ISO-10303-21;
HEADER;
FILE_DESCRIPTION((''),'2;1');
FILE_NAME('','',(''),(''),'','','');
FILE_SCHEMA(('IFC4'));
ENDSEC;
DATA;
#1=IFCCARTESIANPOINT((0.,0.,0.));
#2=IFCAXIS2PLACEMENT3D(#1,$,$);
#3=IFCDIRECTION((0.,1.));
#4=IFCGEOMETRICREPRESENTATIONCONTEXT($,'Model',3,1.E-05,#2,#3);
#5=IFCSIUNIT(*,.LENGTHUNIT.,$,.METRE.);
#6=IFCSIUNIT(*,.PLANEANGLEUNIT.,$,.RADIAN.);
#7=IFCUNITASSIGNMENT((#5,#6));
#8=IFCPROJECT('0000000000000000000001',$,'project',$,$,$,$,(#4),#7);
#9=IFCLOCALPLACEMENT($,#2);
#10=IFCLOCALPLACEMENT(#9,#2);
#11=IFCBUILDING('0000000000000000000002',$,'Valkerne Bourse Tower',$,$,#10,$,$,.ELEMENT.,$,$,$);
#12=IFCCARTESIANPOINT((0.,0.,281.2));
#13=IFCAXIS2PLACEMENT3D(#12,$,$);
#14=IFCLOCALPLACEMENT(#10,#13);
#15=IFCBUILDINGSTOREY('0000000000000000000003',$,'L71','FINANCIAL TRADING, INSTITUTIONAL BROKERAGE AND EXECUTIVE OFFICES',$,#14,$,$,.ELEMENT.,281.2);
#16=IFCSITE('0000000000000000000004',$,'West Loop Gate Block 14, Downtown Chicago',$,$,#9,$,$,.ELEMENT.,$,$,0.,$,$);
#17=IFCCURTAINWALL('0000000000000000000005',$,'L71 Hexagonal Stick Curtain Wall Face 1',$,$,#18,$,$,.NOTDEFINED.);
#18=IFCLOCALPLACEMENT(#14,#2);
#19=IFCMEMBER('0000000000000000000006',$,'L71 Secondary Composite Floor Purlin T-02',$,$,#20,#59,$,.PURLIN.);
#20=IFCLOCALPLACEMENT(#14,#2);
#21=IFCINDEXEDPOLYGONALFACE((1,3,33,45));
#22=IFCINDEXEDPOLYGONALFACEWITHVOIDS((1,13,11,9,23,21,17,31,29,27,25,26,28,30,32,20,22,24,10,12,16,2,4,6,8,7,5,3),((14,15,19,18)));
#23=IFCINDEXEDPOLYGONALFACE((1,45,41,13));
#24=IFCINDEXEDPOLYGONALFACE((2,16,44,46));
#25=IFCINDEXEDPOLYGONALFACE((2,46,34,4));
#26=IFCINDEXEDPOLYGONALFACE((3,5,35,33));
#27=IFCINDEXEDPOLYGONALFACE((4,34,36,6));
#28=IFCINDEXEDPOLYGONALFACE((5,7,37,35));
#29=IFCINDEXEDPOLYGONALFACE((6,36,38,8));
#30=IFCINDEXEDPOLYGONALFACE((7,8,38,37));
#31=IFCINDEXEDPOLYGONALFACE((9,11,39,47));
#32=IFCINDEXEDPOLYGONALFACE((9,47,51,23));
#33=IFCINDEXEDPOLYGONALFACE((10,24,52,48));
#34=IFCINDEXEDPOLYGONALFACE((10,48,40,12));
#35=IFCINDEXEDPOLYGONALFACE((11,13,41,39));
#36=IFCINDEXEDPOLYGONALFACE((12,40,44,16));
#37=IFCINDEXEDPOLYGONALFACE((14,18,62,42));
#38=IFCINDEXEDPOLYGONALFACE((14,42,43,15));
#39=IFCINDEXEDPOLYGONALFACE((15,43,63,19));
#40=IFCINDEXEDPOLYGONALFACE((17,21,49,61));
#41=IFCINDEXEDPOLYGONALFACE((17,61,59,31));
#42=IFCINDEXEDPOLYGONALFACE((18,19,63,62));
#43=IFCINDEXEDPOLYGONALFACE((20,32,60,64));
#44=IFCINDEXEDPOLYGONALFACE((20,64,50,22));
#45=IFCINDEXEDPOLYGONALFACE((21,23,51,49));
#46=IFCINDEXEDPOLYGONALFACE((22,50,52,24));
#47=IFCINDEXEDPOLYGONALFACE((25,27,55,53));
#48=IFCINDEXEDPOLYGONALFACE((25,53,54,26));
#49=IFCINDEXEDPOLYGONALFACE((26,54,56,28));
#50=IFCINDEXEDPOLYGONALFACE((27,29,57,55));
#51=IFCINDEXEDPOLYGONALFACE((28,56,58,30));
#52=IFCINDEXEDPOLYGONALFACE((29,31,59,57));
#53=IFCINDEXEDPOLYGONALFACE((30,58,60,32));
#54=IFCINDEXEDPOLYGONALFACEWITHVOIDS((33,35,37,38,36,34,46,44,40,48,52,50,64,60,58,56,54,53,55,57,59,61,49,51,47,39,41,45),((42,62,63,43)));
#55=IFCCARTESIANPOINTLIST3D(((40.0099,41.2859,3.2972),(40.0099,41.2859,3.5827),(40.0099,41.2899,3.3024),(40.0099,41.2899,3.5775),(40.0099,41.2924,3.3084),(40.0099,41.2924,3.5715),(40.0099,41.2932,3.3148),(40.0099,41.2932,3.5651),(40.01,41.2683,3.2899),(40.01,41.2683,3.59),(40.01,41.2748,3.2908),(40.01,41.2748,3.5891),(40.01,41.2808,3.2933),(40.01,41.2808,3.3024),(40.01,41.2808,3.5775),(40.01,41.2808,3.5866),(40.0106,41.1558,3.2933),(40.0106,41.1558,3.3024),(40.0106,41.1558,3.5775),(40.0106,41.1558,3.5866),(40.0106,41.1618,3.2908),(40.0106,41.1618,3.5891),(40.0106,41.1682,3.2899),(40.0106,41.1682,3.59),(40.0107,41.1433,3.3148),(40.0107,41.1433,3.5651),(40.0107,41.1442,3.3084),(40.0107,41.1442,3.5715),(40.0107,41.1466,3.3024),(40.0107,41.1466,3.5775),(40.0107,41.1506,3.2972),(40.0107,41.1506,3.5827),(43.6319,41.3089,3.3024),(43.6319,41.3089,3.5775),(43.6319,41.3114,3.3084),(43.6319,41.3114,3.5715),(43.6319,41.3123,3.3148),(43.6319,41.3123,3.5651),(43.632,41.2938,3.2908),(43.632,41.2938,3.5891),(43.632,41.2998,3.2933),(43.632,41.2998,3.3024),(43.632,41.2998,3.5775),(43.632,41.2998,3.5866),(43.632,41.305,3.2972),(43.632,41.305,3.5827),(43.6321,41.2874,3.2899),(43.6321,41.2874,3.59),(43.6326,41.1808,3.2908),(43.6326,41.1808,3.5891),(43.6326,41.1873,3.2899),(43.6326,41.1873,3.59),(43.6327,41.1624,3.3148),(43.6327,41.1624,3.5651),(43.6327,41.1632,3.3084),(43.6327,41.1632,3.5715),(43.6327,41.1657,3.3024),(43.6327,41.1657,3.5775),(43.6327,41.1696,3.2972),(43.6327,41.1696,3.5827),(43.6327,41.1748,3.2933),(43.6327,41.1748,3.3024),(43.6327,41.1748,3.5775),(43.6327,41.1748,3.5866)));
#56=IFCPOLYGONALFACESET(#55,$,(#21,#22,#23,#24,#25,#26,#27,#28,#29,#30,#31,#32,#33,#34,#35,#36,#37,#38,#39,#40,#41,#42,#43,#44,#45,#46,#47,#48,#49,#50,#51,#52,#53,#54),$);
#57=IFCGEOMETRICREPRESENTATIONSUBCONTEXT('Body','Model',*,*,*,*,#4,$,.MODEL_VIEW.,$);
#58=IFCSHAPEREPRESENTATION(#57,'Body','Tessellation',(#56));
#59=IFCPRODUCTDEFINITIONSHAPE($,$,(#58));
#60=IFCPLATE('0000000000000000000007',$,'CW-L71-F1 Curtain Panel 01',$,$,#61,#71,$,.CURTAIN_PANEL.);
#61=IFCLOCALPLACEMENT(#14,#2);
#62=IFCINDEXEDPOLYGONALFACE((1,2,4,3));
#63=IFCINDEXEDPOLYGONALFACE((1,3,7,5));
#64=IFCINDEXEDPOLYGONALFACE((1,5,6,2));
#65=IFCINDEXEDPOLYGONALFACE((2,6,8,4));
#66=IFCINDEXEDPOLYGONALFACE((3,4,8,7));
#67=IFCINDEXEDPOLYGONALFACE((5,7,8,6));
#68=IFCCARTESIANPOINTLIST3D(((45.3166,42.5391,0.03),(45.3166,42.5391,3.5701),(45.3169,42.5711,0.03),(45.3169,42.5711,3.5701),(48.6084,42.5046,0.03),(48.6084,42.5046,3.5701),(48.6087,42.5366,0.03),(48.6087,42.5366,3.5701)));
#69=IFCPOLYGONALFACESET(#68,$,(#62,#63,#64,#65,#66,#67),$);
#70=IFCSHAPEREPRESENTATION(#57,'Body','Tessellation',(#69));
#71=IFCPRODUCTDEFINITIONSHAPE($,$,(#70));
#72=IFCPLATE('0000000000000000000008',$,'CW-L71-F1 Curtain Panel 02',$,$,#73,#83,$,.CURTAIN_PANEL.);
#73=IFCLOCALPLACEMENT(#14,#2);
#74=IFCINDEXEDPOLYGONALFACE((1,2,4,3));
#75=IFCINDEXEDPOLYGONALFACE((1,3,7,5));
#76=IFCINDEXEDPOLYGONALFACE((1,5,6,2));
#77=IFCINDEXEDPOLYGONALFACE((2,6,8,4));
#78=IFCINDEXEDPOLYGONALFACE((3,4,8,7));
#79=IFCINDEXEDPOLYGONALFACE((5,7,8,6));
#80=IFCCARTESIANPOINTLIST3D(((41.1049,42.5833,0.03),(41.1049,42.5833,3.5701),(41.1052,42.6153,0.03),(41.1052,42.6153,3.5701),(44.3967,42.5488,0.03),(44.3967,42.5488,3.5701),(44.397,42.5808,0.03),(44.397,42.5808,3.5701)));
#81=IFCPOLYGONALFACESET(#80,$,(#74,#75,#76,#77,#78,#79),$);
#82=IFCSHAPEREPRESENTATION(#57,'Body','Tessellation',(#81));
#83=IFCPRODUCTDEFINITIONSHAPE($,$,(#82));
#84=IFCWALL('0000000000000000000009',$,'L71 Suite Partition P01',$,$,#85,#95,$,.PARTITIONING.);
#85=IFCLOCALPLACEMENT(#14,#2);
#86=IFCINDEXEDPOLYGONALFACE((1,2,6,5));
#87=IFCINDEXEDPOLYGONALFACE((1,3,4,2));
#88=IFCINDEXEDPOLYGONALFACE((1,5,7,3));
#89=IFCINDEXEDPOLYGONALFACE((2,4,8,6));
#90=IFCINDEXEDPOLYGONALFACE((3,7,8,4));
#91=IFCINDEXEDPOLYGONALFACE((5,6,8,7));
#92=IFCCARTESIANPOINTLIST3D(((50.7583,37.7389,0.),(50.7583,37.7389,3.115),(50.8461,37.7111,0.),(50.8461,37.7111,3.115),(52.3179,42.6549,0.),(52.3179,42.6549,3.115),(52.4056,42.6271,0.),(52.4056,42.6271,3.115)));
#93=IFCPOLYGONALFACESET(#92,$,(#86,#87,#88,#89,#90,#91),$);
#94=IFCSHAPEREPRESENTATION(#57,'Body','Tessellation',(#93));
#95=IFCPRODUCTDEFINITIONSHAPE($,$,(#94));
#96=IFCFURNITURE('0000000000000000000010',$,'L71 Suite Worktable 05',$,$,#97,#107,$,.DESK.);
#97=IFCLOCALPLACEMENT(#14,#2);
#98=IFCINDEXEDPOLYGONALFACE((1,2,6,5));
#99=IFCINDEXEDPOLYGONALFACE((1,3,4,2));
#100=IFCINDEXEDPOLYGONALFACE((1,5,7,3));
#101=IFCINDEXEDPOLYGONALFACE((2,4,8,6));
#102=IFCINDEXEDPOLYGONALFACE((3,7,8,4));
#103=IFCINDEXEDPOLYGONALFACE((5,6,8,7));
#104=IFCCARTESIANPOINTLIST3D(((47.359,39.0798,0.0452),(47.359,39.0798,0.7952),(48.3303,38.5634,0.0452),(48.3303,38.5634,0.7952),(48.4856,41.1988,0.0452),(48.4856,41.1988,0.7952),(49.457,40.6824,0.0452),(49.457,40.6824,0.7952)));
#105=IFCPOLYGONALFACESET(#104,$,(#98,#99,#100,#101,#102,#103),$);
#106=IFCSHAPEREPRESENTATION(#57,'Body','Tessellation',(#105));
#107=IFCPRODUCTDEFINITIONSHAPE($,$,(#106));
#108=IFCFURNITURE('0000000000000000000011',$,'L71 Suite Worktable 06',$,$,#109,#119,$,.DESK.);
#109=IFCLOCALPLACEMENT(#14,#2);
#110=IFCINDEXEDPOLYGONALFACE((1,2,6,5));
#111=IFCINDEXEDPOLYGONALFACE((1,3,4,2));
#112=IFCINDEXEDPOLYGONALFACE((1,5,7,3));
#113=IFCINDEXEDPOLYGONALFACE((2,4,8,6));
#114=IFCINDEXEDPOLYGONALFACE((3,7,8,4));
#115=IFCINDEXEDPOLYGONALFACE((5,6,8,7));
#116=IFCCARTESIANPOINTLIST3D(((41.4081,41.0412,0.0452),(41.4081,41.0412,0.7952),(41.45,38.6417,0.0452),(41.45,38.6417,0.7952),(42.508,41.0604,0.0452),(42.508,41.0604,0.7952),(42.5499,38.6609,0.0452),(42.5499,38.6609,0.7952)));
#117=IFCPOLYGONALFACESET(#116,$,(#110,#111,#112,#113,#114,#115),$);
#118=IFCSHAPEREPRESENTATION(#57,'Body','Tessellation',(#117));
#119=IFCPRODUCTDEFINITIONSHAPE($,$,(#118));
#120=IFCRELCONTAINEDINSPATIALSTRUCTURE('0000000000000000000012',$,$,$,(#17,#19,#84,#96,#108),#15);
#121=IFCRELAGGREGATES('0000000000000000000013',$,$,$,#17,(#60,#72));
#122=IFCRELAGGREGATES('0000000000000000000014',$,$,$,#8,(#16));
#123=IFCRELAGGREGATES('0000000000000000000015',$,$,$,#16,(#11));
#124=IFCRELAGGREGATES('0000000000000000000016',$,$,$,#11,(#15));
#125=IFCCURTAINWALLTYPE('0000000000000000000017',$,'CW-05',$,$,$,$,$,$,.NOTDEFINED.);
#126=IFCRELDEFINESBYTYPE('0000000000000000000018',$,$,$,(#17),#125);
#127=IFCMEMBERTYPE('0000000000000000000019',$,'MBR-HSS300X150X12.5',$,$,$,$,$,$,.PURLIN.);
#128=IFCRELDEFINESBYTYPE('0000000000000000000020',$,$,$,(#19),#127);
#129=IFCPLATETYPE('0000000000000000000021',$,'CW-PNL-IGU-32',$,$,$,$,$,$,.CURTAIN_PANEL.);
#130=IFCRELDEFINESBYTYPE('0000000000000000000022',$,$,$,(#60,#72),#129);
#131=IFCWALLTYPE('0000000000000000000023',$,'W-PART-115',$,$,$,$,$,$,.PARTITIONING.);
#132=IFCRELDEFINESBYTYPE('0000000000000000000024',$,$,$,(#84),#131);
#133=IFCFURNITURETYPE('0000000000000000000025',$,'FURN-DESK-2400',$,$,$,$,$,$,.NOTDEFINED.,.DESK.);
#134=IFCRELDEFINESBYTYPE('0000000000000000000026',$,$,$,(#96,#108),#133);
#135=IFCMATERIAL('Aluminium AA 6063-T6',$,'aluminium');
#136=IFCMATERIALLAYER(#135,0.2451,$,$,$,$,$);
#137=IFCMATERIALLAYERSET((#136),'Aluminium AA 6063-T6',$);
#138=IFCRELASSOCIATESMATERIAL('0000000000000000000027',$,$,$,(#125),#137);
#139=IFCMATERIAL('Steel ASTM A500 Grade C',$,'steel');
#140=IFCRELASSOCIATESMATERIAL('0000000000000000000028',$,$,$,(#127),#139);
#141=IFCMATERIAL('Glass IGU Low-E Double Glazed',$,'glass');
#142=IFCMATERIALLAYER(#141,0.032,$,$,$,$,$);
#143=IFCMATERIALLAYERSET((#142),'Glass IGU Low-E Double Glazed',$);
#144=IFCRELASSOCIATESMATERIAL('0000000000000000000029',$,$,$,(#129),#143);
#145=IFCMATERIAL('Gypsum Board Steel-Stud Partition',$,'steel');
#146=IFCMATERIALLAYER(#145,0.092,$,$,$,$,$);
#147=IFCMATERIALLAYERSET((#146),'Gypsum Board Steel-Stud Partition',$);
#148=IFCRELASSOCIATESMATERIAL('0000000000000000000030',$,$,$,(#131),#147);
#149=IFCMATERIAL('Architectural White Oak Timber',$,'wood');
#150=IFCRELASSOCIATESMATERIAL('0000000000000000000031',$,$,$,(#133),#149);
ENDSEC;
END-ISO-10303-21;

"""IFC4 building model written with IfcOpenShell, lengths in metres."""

from ifc_helpers import new_model, si_unit, direction, frame, frame_2d, origin, origin_2d, place, context, subcontext, project, spatial, rectangle, hollow_rectangle, extrude, material, layer, layer_set, material_profile, profile_set, type_object, element, aggregate, save


model = new_model("IFC4")

# Units and contexts
model_context = context("Model", 3, precision=1e-05, world=origin(), true_north=direction((0.0, 1.0)))
body_context = subcontext(model_context, "Body", "Model", "MODEL_VIEW")
ifc_project = project(units=[si_unit("LENGTHUNIT", "METRE"), si_unit("PLANEANGLEUNIT", "RADIAN")], contexts=[model_context])

# Site, building, storey
site_placement = place(None, origin())
site = spatial("IfcSite", under=ifc_project, at=site_placement, Name="West Loop Gate Block 14, Downtown Chicago", CompositionType="ELEMENT", RefElevation=0.0)
building_placement = place(site_placement, origin())
building = spatial("IfcBuilding", under=site, at=building_placement, Name="Valkerne Bourse Tower", CompositionType="ELEMENT")
storey_placement = place(building_placement, frame((0.0, 0.0, 281.2)))
storey = spatial("IfcBuildingStorey", under=building, at=storey_placement, Name="L71", Description="FINANCIAL TRADING, INSTITUTIONAL BROKERAGE AND EXECUTIVE OFFICES", CompositionType="ELEMENT", Elevation=281.2)

# Curtain wall
ifc_material_1 = material(Name="Aluminium AA 6063-T6", Category="aluminium")
ifc_layer_1 = layer(ifc_material_1, 0.2451)
ifc_layer_set_1 = layer_set([ifc_layer_1], Name="Aluminium AA 6063-T6")
curtain_wall_type = type_object("IfcCurtainWallType", Name="CW-05", PredefinedType="NOTDEFINED", material=ifc_layer_set_1)
curtain_wall_placement = place(storey_placement, origin())
curtain_wall = element("IfcCurtainWall", 1, at=curtain_wall_placement, inside=storey, type_object=curtain_wall_type, Name="L71 Hexagonal Stick Curtain Wall Face 1", PredefinedType="NOTDEFINED")

# Member
ifc_material_2 = material(Name="Steel ASTM A500 Grade C", Category="steel")
ifc_material_profile_1 = material_profile(ifc_material_2, hollow_rectangle(XDim=0.1499, YDim=0.3, WallThickness=0.0125, OuterFilletRadius=0.0249, at=origin_2d()), Name="HSS300X150X12.5")
ifc_profile_set_1 = profile_set([ifc_material_profile_1], Name="Steel ASTM A500 Grade C")
member_type_1 = type_object("IfcMemberType", Name="MBR-HSS300X150X12.5", PredefinedType="PURLIN", material=ifc_profile_set_1)
member_1_placement = place(storey_placement, frame((43.6323, 41.2373, 3.4399), z_axis=(-0.999986, -0.005257, 0.0), x_axis=(0.005257, -0.999986, 0.0)))
element("IfcMember", 2, at=member_1_placement, inside=storey, type_object=member_type_1, Name="L71 Secondary Composite Floor Purlin T-02", PredefinedType="PURLIN", context=body_context, shape_type="SweptSolid", body=[
    extrude(hollow_rectangle(XDim=0.1499, YDim=0.3, WallThickness=0.0125, OuterFilletRadius=0.0249, at=origin_2d()), origin(), (0.0, 0.0, 1.0), 3.6221),
])

# Plates
ifc_material_3 = material(Name="Glass IGU Low-E Double Glazed", Category="glass")
ifc_layer_2 = layer(ifc_material_3, 0.032)
ifc_layer_set_2 = layer_set([ifc_layer_2], Name="Glass IGU Low-E Double Glazed")
plate_type = type_object("IfcPlateType", Name="CW-PNL-IGU-32", PredefinedType="CURTAIN_PANEL", material=ifc_layer_set_2)
plate_1_placement = place(storey_placement, frame((46.9626, 42.5378, 0.03), z_axis=(0.0, 0.0, 1.0), x_axis=(-0.999945, 0.01047, 0.0)))
plate_1 = element("IfcPlate", 3, at=plate_1_placement, type_object=plate_type, Name="CW-L71-F1 Curtain Panel 01", PredefinedType="CURTAIN_PANEL", context=body_context, shape_type="SweptSolid", body=[
    extrude(rectangle(XDim=3.292, YDim=0.032, at=origin_2d()), origin(), (0.0, 0.0, 1.0), 3.54),
])
plate_2_placement = place(storey_placement, frame((42.751, 42.582, 0.03), z_axis=(0.0, 0.0, 1.0), x_axis=(-0.999945, 0.01047, 0.0)))
plate_2 = element("IfcPlate", 4, at=plate_2_placement, type_object=plate_type, Name="CW-L71-F1 Curtain Panel 02", PredefinedType="CURTAIN_PANEL", context=body_context, shape_type="SweptSolid", body=[
    extrude(rectangle(XDim=3.292, YDim=0.032, at=origin_2d()), origin(), (0.0, 0.0, 1.0), 3.54),
])
aggregate(curtain_wall, [plate_1, plate_2])

# Wall
ifc_material_4 = material(Name="Gypsum Board Steel-Stud Partition", Category="steel")
ifc_layer_3 = layer(ifc_material_4, 0.092)
ifc_layer_set_3 = layer_set([ifc_layer_3], Name="Gypsum Board Steel-Stud Partition")
wall_type = type_object("IfcWallType", Name="W-PART-115", PredefinedType="PARTITIONING", material=ifc_layer_set_3)
wall_placement = place(storey_placement, frame((50.8022, 37.7251, 0.0), z_axis=(0.0, 0.0, 1.0), x_axis=(0.302391, 0.953184, 0.0)))
element("IfcWall", 5, at=wall_placement, inside=storey, type_object=wall_type, Name="L71 Suite Partition P01", PredefinedType="PARTITIONING", context=body_context, shape_type="SweptSolid", body=[
    extrude(rectangle(XDim=5.1575, YDim=0.092, at=frame_2d((2.5786, 0.0))), origin(), (0.0, 0.0, 1.0), 3.115),
])

# Furniture
ifc_material_5 = material(Name="Architectural White Oak Timber", Category="wood")
furniture_type = type_object("IfcFurnitureType", Name="FURN-DESK-2400", AssemblyPlace="NOTDEFINED", PredefinedType="DESK", material=ifc_material_5)
for number, where, z_axis, x_axis, name in (
    (6, (48.408, 39.8811, 0.0452), (0.0, 0.0, 1.0), (0.469472, 0.882948, 0.0), "L71 Suite Worktable 05"),
    (7, (41.979, 39.8511, 0.0452), (0.0, 0.0, 1.0), (-0.017452, 0.999848, 0.0), "L71 Suite Worktable 06"),
):
    element("IfcFurniture", number, at=place(storey_placement, frame(where, z_axis=z_axis, x_axis=x_axis)), inside=storey, type_object=furniture_type, Name=name, PredefinedType="DESK", context=body_context, shape_type="SweptSolid", body=[
        extrude(rectangle(XDim=2.3999, YDim=1.1001, at=origin_2d()), origin(), (0.0, 0.0, 1.0), 0.75),
    ])

save(model, "model.ifc")
